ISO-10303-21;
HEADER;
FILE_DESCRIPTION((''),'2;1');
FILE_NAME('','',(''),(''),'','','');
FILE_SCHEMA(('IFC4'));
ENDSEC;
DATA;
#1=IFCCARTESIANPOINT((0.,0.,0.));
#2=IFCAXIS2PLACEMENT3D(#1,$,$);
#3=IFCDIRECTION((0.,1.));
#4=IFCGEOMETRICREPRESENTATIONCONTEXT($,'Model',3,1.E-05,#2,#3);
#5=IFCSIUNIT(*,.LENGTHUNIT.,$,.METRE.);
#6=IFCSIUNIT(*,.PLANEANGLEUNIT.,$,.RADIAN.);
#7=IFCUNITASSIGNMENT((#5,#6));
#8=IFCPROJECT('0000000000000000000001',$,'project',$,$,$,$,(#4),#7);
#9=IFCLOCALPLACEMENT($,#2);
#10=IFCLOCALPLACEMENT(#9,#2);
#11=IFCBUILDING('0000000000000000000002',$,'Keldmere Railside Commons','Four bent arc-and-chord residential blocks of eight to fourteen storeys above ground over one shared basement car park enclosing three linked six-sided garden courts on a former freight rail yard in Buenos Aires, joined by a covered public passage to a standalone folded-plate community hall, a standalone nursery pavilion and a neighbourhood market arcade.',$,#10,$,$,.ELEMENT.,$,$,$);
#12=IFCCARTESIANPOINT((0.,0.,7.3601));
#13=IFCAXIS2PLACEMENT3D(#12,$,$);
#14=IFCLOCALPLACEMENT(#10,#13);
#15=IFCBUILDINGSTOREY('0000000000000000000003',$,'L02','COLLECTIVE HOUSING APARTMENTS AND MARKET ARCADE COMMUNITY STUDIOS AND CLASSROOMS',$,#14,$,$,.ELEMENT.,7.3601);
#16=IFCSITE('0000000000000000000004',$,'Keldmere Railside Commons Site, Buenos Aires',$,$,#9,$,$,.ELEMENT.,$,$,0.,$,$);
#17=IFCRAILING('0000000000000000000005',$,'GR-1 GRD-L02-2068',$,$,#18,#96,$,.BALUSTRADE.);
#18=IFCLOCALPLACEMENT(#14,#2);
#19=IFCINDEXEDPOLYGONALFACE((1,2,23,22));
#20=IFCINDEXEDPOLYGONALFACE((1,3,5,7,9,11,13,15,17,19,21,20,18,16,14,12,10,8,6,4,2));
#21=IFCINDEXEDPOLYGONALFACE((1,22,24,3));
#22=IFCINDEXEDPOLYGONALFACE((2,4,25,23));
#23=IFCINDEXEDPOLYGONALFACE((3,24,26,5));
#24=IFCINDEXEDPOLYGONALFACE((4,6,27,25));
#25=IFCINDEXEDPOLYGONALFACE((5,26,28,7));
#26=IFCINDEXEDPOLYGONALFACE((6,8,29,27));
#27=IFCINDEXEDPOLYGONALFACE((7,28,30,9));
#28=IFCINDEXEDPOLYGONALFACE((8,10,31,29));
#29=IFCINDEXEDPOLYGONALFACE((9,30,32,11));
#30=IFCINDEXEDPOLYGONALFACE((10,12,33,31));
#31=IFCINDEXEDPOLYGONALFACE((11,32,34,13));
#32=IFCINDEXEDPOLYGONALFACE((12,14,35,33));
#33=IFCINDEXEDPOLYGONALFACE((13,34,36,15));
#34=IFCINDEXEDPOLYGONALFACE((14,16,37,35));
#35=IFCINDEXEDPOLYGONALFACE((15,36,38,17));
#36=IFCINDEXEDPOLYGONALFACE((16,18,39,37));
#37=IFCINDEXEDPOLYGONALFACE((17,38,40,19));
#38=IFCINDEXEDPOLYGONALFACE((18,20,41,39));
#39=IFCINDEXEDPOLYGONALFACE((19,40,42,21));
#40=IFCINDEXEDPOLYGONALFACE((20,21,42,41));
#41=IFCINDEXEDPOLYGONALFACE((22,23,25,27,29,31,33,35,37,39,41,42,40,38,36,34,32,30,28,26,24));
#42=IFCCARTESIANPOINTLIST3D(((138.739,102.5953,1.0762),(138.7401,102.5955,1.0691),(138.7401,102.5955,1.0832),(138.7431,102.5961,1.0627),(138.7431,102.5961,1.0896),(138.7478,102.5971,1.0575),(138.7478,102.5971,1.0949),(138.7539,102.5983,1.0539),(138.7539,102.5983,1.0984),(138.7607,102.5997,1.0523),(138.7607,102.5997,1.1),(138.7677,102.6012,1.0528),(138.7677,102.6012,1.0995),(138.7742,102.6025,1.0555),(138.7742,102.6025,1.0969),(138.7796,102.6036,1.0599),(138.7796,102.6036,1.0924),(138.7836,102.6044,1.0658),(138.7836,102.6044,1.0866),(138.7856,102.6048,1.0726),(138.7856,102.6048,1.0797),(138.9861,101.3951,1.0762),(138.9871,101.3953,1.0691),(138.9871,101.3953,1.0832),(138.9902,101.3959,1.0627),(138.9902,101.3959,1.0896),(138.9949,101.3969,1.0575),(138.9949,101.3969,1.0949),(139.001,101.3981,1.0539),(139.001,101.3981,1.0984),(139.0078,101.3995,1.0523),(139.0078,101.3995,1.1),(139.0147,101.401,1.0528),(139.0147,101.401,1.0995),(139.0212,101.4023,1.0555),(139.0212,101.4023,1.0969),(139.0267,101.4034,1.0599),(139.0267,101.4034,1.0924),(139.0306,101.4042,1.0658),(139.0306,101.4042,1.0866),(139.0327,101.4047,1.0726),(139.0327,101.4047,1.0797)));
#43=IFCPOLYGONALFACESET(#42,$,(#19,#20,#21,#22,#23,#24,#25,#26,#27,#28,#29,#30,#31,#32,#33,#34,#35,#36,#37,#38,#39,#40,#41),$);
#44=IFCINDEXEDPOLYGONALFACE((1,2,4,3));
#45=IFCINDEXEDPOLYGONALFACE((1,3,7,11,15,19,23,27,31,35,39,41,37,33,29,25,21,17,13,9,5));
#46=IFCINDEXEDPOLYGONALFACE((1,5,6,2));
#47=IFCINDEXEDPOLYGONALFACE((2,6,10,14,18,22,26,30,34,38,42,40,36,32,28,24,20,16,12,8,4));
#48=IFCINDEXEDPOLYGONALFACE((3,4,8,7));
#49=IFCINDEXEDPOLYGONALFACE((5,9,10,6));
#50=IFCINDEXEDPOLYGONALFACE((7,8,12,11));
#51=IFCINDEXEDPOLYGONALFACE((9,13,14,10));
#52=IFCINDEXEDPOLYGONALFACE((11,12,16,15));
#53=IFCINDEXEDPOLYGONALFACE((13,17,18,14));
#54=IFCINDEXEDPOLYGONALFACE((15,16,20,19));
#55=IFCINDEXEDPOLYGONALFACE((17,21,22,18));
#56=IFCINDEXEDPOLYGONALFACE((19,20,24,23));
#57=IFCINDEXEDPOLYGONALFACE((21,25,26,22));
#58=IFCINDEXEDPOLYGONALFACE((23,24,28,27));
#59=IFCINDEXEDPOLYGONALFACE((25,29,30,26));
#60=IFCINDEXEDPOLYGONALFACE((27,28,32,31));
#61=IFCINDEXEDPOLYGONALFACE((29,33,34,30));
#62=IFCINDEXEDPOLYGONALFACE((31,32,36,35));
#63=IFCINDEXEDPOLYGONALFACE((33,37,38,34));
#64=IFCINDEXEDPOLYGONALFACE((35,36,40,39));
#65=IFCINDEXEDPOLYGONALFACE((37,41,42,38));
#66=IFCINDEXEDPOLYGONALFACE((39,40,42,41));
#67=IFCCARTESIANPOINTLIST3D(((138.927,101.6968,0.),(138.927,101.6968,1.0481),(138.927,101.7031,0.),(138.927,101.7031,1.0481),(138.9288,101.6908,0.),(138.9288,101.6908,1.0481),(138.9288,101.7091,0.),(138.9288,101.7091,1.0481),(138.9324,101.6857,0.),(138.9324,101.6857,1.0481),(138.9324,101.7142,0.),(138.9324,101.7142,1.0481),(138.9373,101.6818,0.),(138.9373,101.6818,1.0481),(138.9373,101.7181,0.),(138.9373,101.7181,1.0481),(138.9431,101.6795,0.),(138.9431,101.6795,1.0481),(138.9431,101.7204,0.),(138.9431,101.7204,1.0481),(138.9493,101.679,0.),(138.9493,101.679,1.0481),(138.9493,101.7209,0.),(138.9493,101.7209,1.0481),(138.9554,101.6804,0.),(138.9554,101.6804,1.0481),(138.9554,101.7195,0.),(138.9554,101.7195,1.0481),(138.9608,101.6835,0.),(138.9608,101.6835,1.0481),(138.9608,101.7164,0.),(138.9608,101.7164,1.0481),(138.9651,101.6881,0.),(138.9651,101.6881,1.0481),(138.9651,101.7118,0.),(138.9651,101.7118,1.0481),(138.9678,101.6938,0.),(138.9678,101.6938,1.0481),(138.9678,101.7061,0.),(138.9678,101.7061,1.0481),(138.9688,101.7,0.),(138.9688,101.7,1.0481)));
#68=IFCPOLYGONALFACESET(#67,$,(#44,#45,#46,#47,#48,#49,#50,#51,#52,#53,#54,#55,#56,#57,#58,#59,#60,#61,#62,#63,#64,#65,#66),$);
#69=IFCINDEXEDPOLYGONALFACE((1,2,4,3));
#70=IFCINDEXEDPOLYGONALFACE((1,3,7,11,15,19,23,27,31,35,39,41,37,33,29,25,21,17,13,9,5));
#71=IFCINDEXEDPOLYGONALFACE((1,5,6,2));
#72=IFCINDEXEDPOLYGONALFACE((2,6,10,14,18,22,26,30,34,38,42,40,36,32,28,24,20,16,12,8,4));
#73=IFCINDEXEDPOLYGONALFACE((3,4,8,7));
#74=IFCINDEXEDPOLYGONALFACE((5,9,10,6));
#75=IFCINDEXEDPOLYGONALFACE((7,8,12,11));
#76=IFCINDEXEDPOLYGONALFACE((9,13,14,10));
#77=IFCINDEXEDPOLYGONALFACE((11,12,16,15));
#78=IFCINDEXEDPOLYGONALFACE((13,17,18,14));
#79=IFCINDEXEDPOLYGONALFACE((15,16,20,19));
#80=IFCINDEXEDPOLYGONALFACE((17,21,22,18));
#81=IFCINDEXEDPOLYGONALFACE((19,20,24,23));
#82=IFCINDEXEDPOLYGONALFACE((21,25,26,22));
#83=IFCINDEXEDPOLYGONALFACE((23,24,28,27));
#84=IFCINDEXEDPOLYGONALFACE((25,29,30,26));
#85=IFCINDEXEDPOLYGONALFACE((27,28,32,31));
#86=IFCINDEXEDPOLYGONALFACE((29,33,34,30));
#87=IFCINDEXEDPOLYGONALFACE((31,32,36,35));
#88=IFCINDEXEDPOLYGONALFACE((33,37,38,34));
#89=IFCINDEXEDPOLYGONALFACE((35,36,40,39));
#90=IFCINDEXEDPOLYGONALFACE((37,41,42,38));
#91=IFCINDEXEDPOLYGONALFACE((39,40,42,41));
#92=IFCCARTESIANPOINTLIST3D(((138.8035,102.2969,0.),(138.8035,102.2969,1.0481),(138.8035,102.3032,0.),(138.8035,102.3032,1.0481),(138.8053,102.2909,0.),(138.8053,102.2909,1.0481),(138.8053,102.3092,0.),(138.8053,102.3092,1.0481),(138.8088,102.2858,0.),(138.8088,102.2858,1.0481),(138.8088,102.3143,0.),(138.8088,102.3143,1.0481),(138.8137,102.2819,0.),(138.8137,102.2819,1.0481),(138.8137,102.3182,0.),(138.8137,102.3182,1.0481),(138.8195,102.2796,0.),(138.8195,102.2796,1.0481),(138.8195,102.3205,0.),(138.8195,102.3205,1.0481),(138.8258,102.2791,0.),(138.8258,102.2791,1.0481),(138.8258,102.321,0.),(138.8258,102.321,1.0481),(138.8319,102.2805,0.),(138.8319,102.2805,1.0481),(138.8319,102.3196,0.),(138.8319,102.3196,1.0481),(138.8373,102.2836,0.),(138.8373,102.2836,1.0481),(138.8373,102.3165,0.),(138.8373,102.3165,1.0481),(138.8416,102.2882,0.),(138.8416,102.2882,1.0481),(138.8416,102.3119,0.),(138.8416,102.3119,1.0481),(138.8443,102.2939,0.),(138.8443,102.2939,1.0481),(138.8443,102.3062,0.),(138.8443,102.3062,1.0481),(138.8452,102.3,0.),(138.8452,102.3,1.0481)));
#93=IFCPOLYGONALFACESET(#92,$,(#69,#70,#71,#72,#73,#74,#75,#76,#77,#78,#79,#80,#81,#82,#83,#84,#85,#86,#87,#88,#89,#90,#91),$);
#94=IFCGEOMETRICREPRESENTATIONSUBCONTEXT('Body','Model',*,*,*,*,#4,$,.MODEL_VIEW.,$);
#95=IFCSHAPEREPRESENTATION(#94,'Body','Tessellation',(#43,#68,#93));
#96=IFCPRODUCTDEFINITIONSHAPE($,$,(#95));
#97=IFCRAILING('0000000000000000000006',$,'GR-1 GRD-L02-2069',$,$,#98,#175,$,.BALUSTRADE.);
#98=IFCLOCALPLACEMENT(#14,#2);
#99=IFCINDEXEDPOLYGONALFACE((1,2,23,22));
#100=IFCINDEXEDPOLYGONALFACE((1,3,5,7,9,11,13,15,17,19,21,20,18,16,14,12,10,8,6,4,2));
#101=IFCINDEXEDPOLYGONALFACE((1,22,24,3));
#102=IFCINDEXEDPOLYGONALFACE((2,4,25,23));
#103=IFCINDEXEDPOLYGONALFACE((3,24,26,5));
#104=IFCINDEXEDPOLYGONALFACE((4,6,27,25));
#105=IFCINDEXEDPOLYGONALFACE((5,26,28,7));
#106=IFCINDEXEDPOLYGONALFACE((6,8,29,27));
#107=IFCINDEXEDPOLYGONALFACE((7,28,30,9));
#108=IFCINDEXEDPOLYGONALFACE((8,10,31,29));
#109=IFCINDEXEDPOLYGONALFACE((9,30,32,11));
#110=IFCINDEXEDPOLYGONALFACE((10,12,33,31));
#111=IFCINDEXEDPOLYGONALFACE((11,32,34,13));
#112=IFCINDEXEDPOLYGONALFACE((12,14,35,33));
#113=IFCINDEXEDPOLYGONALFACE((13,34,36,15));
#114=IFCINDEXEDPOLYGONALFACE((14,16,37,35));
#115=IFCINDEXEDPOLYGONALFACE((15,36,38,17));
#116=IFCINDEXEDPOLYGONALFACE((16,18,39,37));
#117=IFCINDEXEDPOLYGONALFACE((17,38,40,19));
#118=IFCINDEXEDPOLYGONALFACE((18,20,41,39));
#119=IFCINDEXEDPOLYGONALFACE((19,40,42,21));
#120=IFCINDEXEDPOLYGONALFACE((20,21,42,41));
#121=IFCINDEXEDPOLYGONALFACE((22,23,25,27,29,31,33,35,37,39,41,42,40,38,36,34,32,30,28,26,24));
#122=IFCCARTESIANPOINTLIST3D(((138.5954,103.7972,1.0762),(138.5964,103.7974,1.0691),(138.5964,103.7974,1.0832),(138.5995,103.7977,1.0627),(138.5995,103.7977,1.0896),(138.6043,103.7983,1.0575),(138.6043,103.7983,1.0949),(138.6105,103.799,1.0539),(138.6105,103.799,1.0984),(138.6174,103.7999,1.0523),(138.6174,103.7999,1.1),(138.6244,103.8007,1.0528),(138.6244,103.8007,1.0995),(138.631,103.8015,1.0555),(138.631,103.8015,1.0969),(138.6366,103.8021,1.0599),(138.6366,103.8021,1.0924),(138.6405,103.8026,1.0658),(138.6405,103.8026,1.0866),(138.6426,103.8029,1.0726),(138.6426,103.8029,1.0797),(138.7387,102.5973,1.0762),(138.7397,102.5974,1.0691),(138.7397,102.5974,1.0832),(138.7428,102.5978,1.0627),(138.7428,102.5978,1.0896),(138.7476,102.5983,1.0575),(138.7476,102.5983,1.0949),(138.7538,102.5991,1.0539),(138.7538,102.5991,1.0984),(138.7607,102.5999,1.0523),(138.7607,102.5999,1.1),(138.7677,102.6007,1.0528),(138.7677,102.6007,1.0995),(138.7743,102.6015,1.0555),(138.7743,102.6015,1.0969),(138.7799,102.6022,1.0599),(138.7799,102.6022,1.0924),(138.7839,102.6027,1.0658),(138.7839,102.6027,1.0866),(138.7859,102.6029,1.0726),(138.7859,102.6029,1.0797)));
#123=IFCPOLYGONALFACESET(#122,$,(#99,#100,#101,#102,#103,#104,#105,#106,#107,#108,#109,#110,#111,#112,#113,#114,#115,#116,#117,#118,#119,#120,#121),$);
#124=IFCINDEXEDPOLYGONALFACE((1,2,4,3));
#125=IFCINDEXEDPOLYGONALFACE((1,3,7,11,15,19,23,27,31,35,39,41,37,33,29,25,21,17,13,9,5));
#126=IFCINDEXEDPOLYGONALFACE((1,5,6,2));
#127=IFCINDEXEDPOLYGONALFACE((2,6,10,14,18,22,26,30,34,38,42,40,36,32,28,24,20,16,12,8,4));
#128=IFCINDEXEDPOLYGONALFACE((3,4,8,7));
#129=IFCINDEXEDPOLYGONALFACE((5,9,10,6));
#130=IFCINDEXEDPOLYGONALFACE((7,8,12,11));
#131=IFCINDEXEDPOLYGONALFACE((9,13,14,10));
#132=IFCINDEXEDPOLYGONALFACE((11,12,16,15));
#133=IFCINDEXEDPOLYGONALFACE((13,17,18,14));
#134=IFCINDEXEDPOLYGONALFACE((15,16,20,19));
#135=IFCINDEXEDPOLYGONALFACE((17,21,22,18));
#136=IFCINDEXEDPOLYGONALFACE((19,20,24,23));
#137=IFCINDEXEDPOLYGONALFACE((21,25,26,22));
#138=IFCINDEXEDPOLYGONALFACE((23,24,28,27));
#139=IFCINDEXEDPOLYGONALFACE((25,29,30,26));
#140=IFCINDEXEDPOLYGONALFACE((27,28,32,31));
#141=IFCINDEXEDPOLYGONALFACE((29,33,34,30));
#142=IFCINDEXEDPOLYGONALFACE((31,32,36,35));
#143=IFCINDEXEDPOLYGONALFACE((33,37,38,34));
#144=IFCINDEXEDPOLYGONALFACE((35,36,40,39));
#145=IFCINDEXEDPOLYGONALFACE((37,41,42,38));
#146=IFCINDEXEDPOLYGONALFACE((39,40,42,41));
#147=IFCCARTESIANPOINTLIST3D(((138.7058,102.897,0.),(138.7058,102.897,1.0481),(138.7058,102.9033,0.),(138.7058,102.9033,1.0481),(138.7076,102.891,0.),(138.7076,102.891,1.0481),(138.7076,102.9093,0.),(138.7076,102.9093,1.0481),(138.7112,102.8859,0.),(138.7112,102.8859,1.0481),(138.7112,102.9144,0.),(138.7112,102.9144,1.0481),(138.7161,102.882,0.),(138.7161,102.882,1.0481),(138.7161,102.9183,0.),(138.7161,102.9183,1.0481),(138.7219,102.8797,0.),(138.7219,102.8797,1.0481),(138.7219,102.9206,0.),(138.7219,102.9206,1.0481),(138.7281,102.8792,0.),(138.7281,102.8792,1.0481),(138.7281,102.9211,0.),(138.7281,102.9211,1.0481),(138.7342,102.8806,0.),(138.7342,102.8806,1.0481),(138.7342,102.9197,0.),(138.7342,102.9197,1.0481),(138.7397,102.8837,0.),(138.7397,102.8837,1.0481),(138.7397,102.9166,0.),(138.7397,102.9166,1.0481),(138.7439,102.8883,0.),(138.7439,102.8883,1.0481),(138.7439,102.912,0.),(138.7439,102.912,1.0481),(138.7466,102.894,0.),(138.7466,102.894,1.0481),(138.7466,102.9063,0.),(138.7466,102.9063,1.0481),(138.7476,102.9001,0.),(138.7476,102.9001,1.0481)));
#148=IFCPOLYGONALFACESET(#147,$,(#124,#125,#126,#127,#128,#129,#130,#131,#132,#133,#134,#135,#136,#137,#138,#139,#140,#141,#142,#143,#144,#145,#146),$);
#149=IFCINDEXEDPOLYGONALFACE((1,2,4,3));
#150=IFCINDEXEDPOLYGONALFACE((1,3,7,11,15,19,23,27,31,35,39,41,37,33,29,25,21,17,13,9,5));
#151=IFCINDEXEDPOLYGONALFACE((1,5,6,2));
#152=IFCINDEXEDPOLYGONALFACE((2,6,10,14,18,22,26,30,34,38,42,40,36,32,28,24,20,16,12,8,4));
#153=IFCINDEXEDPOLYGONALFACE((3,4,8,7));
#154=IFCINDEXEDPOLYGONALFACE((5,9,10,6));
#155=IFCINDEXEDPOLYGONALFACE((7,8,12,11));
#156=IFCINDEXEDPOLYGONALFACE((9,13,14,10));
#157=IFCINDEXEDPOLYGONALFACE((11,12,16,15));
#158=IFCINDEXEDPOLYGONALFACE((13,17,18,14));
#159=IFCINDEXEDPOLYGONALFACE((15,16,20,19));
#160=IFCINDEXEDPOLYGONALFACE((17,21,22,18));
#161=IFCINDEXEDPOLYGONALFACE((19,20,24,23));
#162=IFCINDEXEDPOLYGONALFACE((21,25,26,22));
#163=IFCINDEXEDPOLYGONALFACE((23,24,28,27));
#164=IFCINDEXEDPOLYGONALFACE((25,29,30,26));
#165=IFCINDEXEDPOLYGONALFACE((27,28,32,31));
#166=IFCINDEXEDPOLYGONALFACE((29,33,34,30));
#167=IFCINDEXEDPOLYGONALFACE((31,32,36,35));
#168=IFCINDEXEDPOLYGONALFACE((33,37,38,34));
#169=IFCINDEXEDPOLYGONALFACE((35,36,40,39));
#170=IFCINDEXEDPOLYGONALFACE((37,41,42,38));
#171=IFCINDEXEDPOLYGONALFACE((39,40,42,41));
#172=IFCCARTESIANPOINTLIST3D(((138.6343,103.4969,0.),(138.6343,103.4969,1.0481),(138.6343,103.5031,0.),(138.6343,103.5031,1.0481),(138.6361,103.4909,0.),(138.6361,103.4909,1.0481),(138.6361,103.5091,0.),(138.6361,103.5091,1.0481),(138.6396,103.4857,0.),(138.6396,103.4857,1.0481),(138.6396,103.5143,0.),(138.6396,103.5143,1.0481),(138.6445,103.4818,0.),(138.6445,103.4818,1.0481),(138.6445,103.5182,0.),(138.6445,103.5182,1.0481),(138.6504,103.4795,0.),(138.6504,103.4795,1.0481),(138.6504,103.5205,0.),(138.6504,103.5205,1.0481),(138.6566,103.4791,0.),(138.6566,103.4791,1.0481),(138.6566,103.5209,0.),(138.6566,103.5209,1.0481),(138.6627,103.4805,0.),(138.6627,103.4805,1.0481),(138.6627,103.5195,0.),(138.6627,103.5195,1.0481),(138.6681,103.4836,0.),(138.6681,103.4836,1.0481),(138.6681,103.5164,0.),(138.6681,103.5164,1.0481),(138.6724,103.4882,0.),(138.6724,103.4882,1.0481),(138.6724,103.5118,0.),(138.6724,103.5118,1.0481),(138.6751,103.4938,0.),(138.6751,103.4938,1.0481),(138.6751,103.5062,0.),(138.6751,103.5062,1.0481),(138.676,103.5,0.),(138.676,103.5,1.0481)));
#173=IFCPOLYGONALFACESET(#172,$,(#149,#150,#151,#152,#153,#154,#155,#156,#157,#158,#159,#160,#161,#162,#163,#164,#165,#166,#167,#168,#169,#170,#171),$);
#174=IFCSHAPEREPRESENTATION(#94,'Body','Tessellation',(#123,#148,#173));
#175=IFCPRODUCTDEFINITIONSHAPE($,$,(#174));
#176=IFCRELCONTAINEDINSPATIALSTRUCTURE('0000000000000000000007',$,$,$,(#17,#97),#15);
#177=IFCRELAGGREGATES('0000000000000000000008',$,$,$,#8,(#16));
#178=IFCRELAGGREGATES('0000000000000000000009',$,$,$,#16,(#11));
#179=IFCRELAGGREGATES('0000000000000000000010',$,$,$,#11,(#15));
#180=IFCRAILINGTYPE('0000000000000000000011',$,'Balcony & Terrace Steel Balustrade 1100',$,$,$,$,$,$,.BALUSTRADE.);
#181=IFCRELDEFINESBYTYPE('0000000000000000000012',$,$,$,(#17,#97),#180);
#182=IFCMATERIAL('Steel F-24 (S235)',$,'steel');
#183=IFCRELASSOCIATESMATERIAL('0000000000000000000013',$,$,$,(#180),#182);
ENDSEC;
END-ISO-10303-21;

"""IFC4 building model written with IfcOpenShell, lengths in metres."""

from ifc_helpers import new_model, si_unit, direction, frame, origin, origin_2d, place, context, subcontext, project, spatial, circle, extrude, material, type_object, element, save


model = new_model("IFC4")

# Units and contexts
model_context = context("Model", 3, precision=1e-05, world=origin(), true_north=direction((0.0, 1.0)))
body_context = subcontext(model_context, "Body", "Model", "MODEL_VIEW")
ifc_project = project(units=[si_unit("LENGTHUNIT", "METRE"), si_unit("PLANEANGLEUNIT", "RADIAN")], contexts=[model_context])

# Site, building, storey
site_placement = place(None, origin())
site = spatial("IfcSite", under=ifc_project, at=site_placement, Name="Keldmere Railside Commons Site, Buenos Aires", CompositionType="ELEMENT", RefElevation=0.0)
building_placement = place(site_placement, origin())
building = spatial("IfcBuilding", under=site, at=building_placement, Name="Keldmere Railside Commons", Description="Four bent arc-and-chord residential blocks of eight to fourteen storeys above ground over one shared basement car park enclosing three linked six-sided garden courts on a former freight rail yard in Buenos Aires, joined by a covered public passage to a standalone folded-plate community hall, a standalone nursery pavilion and a neighbourhood market arcade.", CompositionType="ELEMENT")
storey_placement = place(building_placement, frame((0.0, 0.0, 7.3601)))
storey = spatial("IfcBuildingStorey", under=building, at=storey_placement, Name="L02", Description="COLLECTIVE HOUSING APARTMENTS AND MARKET ARCADE COMMUNITY STUDIOS AND CLASSROOMS", CompositionType="ELEMENT", Elevation=7.3601)

# Shared definitions
ifc_material_1 = material(Name="Steel F-24 (S235)", Category="steel")

# Railings
railing_type_1 = type_object("IfcRailingType", Name="Balcony & Terrace Steel Balustrade 1100", PredefinedType="BALUSTRADE", material=ifc_material_1)
railing_1_placement = place(storey_placement, frame((139.0095, 101.3999, 0.0)))
element("IfcRailing", 1, at=railing_1_placement, inside=storey, type_object=railing_type_1, Name="GR-1 GRD-L02-2068", PredefinedType="BALUSTRADE", context=body_context, shape_type="SweptSolid", body=[
    extrude(circle(Radius=0.0239, at=origin_2d()), frame((0.0, 0.0, 1.0762), z_axis=(-0.20163, 0.979462, 0.0), x_axis=(-0.979462, -0.20163, 0.0)), (0.0, 0.0, 1.0), 1.2253),
    extrude(circle(Radius=0.021, at=origin_2d()), frame((-0.0618, 0.3, 0.0)), (0.0, 0.0, 1.0), 1.0481),
    extrude(circle(Radius=0.021, at=origin_2d()), frame((-0.1853, 0.9001, 0.0)), (0.0, 0.0, 1.0), 1.0481),
])
railing_2_placement = place(storey_placement, frame((138.7625, 102.6001, 0.0)))
element("IfcRailing", 2, at=railing_2_placement, inside=storey, type_object=railing_type_1, Name="GR-1 GRD-L02-2069", PredefinedType="BALUSTRADE", context=body_context, shape_type="SweptSolid", body=[
    extrude(circle(Radius=0.0239, at=origin_2d()), frame((0.0, 0.0, 1.0762), z_axis=(-0.118588, 0.992944, 0.0), x_axis=(-0.992944, -0.118588, 0.0)), (0.0, 0.0, 1.0), 1.2085),
    extrude(circle(Radius=0.021, at=origin_2d()), frame((-0.0359, 0.3, 0.0)), (0.0, 0.0, 1.0), 1.0481),
    extrude(circle(Radius=0.021, at=origin_2d()), frame((-0.1074, 0.8999, 0.0)), (0.0, 0.0, 1.0), 1.0481),
])

save(model, "model.ifc")
